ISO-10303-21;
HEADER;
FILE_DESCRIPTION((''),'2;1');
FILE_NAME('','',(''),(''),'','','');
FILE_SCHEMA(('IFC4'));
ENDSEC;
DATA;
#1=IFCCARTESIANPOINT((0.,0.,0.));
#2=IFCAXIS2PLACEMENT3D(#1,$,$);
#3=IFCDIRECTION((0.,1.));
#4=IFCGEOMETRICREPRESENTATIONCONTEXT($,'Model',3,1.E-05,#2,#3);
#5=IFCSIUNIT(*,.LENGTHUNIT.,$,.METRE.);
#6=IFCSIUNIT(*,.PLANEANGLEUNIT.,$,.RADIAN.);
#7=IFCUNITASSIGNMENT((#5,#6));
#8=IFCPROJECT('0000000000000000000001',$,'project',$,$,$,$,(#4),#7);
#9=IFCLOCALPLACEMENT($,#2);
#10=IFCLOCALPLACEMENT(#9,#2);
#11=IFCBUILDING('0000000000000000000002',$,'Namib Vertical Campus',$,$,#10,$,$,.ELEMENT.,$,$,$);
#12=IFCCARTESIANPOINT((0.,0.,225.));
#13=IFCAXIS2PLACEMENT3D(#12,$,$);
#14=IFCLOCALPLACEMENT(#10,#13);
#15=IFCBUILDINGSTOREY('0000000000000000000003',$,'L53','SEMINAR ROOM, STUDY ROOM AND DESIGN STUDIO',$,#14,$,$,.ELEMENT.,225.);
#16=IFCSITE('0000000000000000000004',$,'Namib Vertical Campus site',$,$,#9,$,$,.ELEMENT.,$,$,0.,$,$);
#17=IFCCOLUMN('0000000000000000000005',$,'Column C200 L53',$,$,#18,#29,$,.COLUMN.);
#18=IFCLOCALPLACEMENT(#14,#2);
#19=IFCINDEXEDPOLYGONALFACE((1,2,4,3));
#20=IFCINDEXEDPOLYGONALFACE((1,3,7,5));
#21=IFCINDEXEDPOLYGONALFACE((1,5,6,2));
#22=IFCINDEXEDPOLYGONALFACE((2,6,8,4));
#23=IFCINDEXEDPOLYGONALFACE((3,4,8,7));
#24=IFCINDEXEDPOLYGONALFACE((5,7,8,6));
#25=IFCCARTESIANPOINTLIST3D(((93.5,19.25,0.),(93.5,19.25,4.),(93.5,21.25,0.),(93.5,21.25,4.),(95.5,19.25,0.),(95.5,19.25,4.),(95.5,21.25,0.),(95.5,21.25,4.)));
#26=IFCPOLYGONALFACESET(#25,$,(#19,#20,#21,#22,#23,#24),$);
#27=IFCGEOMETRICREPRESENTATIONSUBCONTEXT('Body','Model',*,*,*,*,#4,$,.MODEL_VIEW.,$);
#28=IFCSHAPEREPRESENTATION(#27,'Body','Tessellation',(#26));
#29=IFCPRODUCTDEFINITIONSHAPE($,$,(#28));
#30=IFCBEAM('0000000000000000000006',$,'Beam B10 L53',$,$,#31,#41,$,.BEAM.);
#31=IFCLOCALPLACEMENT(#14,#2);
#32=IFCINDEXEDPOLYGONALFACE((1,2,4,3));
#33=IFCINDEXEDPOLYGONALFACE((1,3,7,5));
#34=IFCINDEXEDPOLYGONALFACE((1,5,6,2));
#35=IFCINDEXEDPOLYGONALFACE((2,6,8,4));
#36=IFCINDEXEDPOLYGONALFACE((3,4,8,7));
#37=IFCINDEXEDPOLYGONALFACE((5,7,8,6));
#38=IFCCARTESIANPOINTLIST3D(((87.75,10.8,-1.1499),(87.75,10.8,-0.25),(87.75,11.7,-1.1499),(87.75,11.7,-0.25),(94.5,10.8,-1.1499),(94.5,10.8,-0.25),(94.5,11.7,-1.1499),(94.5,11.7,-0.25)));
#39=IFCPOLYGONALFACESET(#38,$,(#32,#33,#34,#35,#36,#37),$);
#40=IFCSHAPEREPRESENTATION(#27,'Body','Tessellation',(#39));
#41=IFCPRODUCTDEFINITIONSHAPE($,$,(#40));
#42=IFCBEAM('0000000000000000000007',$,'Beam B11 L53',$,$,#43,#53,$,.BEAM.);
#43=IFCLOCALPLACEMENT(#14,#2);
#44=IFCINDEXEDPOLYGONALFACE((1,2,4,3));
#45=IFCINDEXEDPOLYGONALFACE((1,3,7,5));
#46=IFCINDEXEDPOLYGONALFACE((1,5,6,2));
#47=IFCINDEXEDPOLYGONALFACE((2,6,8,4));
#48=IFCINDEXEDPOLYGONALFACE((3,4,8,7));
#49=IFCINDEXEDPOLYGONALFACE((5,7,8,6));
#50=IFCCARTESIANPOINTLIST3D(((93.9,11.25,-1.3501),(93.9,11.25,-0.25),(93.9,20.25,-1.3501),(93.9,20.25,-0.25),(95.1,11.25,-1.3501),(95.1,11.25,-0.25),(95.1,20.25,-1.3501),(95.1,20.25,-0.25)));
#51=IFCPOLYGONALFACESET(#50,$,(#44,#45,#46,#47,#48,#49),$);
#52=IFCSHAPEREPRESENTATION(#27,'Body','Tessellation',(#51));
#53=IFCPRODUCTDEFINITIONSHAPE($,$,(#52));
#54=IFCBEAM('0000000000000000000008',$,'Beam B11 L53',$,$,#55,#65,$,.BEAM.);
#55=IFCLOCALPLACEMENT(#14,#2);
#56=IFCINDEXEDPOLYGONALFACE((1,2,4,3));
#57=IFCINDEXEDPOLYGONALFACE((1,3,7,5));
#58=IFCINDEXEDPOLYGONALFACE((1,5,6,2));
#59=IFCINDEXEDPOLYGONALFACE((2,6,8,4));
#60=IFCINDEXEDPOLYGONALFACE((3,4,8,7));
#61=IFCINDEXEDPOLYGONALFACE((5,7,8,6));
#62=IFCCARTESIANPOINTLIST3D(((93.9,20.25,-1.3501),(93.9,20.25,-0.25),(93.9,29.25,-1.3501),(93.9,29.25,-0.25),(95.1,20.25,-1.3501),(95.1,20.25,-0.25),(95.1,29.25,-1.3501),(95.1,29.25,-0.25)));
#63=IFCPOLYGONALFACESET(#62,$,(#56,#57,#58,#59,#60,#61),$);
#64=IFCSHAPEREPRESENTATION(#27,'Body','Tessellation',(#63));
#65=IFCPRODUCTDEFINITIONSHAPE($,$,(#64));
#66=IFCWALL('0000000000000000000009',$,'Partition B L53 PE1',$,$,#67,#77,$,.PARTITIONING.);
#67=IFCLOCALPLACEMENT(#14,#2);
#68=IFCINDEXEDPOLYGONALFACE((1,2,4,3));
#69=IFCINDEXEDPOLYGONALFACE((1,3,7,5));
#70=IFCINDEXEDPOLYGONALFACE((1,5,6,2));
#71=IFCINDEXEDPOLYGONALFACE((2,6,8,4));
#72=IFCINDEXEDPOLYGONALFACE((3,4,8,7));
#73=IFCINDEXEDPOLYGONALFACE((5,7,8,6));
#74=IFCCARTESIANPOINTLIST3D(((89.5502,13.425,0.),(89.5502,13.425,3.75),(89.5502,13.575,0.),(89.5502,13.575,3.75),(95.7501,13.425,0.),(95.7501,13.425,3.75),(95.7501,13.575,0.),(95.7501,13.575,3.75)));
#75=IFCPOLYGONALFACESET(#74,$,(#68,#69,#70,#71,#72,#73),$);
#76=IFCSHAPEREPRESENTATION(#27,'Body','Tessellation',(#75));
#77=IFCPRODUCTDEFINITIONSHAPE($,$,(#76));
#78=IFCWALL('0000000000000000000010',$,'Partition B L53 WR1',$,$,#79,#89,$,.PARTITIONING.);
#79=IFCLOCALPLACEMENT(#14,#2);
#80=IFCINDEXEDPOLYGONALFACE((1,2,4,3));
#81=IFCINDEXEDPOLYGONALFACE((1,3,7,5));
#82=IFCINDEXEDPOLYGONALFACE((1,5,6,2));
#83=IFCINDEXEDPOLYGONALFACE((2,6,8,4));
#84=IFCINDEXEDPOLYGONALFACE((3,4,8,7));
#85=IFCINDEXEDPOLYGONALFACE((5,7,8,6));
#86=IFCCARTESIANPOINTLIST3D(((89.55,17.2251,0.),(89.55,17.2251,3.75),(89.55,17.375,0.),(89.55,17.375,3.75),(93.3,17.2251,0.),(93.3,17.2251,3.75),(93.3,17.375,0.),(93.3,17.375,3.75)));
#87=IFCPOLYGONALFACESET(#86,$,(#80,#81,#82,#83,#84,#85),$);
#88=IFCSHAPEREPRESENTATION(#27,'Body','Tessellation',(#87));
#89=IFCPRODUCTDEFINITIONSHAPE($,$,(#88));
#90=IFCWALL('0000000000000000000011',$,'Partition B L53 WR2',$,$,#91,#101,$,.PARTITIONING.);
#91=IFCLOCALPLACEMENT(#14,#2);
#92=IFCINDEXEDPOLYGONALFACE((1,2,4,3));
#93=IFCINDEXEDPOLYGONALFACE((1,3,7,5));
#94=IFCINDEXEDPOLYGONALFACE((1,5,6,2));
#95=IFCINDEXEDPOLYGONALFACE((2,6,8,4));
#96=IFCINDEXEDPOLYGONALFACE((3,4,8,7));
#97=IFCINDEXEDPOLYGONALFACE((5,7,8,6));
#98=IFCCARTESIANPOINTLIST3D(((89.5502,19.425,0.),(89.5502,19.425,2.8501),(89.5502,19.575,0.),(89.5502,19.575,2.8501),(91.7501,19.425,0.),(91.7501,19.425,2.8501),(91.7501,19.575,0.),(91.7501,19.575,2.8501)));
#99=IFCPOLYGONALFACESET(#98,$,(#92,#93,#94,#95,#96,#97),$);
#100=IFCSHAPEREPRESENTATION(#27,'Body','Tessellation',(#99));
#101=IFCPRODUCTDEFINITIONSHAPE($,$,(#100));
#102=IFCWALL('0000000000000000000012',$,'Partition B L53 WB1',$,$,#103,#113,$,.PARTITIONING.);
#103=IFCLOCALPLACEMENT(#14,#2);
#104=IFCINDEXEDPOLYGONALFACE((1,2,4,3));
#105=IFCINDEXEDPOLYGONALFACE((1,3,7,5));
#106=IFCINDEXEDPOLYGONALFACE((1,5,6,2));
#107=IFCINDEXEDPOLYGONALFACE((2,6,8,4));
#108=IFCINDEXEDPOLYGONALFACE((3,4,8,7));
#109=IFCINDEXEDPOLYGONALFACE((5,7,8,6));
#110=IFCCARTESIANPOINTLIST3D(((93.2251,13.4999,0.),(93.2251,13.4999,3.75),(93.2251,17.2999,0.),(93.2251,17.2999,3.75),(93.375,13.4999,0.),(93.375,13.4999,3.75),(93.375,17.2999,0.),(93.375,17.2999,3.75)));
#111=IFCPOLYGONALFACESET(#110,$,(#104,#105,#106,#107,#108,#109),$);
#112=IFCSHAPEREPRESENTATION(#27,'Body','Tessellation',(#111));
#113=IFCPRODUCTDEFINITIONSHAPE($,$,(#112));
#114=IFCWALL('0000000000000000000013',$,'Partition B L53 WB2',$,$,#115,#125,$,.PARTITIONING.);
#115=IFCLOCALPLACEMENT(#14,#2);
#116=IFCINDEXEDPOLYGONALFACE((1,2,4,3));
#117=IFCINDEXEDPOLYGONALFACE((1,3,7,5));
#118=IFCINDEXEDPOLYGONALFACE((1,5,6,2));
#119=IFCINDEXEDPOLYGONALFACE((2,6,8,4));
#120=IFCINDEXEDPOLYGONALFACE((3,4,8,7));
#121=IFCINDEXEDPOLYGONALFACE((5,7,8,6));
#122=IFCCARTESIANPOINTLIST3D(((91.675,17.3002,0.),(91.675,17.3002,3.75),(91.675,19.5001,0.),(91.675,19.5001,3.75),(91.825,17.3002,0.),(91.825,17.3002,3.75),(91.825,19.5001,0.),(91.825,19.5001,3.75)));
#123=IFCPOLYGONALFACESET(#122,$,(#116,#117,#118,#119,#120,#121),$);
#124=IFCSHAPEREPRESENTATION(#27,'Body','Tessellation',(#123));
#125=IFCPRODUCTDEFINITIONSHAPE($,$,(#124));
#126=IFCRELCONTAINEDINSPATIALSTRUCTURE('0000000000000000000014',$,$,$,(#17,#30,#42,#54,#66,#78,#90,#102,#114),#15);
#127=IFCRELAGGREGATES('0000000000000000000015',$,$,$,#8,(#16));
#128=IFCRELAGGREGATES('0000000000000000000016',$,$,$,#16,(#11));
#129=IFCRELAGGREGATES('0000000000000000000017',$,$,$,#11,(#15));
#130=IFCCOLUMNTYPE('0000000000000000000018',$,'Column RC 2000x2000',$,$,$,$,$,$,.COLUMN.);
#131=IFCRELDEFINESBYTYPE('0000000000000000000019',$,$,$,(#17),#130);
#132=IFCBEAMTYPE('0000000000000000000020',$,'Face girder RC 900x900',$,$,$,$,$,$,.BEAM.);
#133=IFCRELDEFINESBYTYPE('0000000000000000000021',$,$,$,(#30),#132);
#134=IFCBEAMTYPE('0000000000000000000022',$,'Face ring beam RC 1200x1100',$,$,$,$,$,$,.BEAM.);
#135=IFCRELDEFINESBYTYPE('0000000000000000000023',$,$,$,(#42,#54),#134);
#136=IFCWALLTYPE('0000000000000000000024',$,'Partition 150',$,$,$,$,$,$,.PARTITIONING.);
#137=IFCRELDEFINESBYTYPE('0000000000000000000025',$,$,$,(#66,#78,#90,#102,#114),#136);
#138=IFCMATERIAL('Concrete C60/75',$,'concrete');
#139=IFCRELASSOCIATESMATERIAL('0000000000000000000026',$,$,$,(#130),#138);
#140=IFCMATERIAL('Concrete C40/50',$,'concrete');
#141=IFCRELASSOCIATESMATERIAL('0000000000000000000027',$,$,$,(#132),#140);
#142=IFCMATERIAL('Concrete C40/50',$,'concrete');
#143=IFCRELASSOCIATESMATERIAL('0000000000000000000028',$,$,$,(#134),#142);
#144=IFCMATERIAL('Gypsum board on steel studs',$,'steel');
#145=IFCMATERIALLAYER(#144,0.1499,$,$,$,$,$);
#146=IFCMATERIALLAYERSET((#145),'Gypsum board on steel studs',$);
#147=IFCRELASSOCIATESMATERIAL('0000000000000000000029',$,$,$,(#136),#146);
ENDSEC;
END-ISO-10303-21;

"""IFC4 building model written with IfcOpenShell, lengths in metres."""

from ifc_helpers import new_model, si_unit, direction, frame, frame_2d, origin, origin_2d, place, context, subcontext, project, spatial, rectangle, extrude, material, layer, layer_set, material_profile, profile_set, type_object, element, save


model = new_model("IFC4")

# Units and contexts
model_context = context("Model", 3, precision=1e-05, world=origin(), true_north=direction((0.0, 1.0)))
body_context = subcontext(model_context, "Body", "Model", "MODEL_VIEW")
ifc_project = project(units=[si_unit("LENGTHUNIT", "METRE"), si_unit("PLANEANGLEUNIT", "RADIAN")], contexts=[model_context])

# Site, building, storey
site_placement = place(None, origin())
site = spatial("IfcSite", under=ifc_project, at=site_placement, Name="Namib Vertical Campus site", CompositionType="ELEMENT", RefElevation=0.0)
building_placement = place(site_placement, origin())
building = spatial("IfcBuilding", under=site, at=building_placement, Name="Namib Vertical Campus", CompositionType="ELEMENT")
storey_placement = place(building_placement, frame((0.0, 0.0, 225.0)))
storey = spatial("IfcBuildingStorey", under=building, at=storey_placement, Name="L53", Description="SEMINAR ROOM, STUDY ROOM AND DESIGN STUDIO", CompositionType="ELEMENT", Elevation=225.0)

# Column
ifc_material_1 = material(Name="Concrete C60/75", Category="concrete")
ifc_material_profile_1 = material_profile(ifc_material_1, rectangle(XDim=2.0, YDim=2.0, at=origin_2d()))
ifc_profile_set_1 = profile_set([ifc_material_profile_1], Name="Concrete C60/75")
column_type = type_object("IfcColumnType", Name="Column RC 2000x2000", PredefinedType="COLUMN", material=ifc_profile_set_1)
column_placement = place(storey_placement, frame((94.5, 20.25, 0.0), z_axis=(0.0, 0.0, 1.0), x_axis=(1.0, 0.0, 0.0)))
element("IfcColumn", 1, at=column_placement, inside=storey, type_object=column_type, Name="Column C200 L53", PredefinedType="COLUMN", context=body_context, shape_type="SweptSolid", body=[
    extrude(rectangle(XDim=2.0, YDim=2.0, at=origin_2d()), origin(), (0.0, 0.0, 1.0), 4.0),
])

# Beams
ifc_material_2 = material(Name="Concrete C40/50", Category="concrete")
ifc_material_profile_2 = material_profile(ifc_material_2, rectangle(XDim=0.8999, YDim=0.8999, at=origin_2d()))
ifc_profile_set_2 = profile_set([ifc_material_profile_2], Name="Concrete C40/50")
beam_type_1 = type_object("IfcBeamType", Name="Face girder RC 900x900", PredefinedType="BEAM", material=ifc_profile_set_2)
beam_placement = place(storey_placement, frame((94.5, 11.25, -0.7), z_axis=(-1.0, 0.0, 0.0), x_axis=(0.0, -1.0, 0.0)))
element("IfcBeam", 2, at=beam_placement, inside=storey, type_object=beam_type_1, Name="Beam B10 L53", PredefinedType="BEAM", context=body_context, shape_type="SweptSolid", body=[
    extrude(rectangle(XDim=0.8999, YDim=0.8999, at=origin_2d()), origin(), (0.0, 0.0, 1.0), 6.75),
])
ifc_material_3 = material(Name="Concrete C40/50", Category="concrete")
ifc_material_profile_3 = material_profile(ifc_material_3, rectangle(XDim=1.2, YDim=1.1001, at=origin_2d()))
ifc_profile_set_3 = profile_set([ifc_material_profile_3], Name="Concrete C40/50")
beam_type_2 = type_object("IfcBeamType", Name="Face ring beam RC 1200x1100", PredefinedType="BEAM", material=ifc_profile_set_3)
for number, where, z_axis, x_axis, name in (
    (3, (94.5, 11.25, -0.8), (0.0, 1.0, 0.0), (-1.0, 0.0, 0.0), "Beam B11 L53"),
    (4, (94.5, 20.25, -0.8), (0.0, 1.0, 0.0), (-1.0, 0.0, 0.0), "Beam B11 L53"),
):
    element("IfcBeam", number, at=place(storey_placement, frame(where, z_axis=z_axis, x_axis=x_axis)), inside=storey, type_object=beam_type_2, Name=name, PredefinedType="BEAM", context=body_context, shape_type="SweptSolid", body=[
        extrude(rectangle(XDim=1.2, YDim=1.1001, at=origin_2d()), origin(), (0.0, 0.0, 1.0), 9.0),
    ])

# Walls
ifc_material_4 = material(Name="Gypsum board on steel studs", Category="steel")
ifc_layer = layer(ifc_material_4, 0.1499)
ifc_layer_set = layer_set([ifc_layer], Name="Gypsum board on steel studs")
wall_type = type_object("IfcWallType", Name="Partition 150", PredefinedType="PARTITIONING", material=ifc_layer_set)
wall_1_placement = place(storey_placement, frame((89.55, 13.5, 0.0), z_axis=(0.0, 0.0, 1.0), x_axis=(1.0, 0.0, 0.0)))
element("IfcWall", 5, at=wall_1_placement, inside=storey, type_object=wall_type, Name="Partition B L53 PE1", PredefinedType="PARTITIONING", context=body_context, shape_type="SweptSolid", body=[
    extrude(rectangle(XDim=6.2, YDim=0.1499, at=frame_2d((3.1001, 0.0))), origin(), (0.0, 0.0, 1.0), 3.75),
])
wall_2_placement = place(storey_placement, frame((89.55, 17.3, 0.0), z_axis=(0.0, 0.0, 1.0), x_axis=(1.0, 0.0, 0.0)))
element("IfcWall", 6, at=wall_2_placement, inside=storey, type_object=wall_type, Name="Partition B L53 WR1", PredefinedType="PARTITIONING", context=body_context, shape_type="SweptSolid", body=[
    extrude(rectangle(XDim=3.75, YDim=0.1499, at=frame_2d((1.875, 0.0))), origin(), (0.0, 0.0, 1.0), 3.75),
])
wall_3_placement = place(storey_placement, frame((89.55, 19.5, 0.0), z_axis=(0.0, 0.0, 1.0), x_axis=(1.0, 0.0, 0.0)))
element("IfcWall", 7, at=wall_3_placement, inside=storey, type_object=wall_type, Name="Partition B L53 WR2", PredefinedType="PARTITIONING", context=body_context, shape_type="SweptSolid", body=[
    extrude(rectangle(XDim=2.2, YDim=0.1499, at=frame_2d((1.1001, 0.0))), origin(), (0.0, 0.0, 1.0), 2.8501),
])
wall_4_placement = place(storey_placement, frame((93.3, 13.5, 0.0), z_axis=(0.0, 0.0, 1.0), x_axis=(0.0, 1.0, 0.0)))
element("IfcWall", 8, at=wall_4_placement, inside=storey, type_object=wall_type, Name="Partition B L53 WB1", PredefinedType="PARTITIONING", context=body_context, shape_type="SweptSolid", body=[
    extrude(rectangle(XDim=3.8, YDim=0.1499, at=frame_2d((1.8999, 0.0))), origin(), (0.0, 0.0, 1.0), 3.75),
])
wall_5_placement = place(storey_placement, frame((91.75, 17.3, 0.0), z_axis=(0.0, 0.0, 1.0), x_axis=(0.0, 1.0, 0.0)))
element("IfcWall", 9, at=wall_5_placement, inside=storey, type_object=wall_type, Name="Partition B L53 WB2", PredefinedType="PARTITIONING", context=body_context, shape_type="SweptSolid", body=[
    extrude(rectangle(XDim=2.2, YDim=0.1499, at=frame_2d((1.1001, 0.0))), origin(), (0.0, 0.0, 1.0), 3.75),
])

save(model, "model.ifc")
